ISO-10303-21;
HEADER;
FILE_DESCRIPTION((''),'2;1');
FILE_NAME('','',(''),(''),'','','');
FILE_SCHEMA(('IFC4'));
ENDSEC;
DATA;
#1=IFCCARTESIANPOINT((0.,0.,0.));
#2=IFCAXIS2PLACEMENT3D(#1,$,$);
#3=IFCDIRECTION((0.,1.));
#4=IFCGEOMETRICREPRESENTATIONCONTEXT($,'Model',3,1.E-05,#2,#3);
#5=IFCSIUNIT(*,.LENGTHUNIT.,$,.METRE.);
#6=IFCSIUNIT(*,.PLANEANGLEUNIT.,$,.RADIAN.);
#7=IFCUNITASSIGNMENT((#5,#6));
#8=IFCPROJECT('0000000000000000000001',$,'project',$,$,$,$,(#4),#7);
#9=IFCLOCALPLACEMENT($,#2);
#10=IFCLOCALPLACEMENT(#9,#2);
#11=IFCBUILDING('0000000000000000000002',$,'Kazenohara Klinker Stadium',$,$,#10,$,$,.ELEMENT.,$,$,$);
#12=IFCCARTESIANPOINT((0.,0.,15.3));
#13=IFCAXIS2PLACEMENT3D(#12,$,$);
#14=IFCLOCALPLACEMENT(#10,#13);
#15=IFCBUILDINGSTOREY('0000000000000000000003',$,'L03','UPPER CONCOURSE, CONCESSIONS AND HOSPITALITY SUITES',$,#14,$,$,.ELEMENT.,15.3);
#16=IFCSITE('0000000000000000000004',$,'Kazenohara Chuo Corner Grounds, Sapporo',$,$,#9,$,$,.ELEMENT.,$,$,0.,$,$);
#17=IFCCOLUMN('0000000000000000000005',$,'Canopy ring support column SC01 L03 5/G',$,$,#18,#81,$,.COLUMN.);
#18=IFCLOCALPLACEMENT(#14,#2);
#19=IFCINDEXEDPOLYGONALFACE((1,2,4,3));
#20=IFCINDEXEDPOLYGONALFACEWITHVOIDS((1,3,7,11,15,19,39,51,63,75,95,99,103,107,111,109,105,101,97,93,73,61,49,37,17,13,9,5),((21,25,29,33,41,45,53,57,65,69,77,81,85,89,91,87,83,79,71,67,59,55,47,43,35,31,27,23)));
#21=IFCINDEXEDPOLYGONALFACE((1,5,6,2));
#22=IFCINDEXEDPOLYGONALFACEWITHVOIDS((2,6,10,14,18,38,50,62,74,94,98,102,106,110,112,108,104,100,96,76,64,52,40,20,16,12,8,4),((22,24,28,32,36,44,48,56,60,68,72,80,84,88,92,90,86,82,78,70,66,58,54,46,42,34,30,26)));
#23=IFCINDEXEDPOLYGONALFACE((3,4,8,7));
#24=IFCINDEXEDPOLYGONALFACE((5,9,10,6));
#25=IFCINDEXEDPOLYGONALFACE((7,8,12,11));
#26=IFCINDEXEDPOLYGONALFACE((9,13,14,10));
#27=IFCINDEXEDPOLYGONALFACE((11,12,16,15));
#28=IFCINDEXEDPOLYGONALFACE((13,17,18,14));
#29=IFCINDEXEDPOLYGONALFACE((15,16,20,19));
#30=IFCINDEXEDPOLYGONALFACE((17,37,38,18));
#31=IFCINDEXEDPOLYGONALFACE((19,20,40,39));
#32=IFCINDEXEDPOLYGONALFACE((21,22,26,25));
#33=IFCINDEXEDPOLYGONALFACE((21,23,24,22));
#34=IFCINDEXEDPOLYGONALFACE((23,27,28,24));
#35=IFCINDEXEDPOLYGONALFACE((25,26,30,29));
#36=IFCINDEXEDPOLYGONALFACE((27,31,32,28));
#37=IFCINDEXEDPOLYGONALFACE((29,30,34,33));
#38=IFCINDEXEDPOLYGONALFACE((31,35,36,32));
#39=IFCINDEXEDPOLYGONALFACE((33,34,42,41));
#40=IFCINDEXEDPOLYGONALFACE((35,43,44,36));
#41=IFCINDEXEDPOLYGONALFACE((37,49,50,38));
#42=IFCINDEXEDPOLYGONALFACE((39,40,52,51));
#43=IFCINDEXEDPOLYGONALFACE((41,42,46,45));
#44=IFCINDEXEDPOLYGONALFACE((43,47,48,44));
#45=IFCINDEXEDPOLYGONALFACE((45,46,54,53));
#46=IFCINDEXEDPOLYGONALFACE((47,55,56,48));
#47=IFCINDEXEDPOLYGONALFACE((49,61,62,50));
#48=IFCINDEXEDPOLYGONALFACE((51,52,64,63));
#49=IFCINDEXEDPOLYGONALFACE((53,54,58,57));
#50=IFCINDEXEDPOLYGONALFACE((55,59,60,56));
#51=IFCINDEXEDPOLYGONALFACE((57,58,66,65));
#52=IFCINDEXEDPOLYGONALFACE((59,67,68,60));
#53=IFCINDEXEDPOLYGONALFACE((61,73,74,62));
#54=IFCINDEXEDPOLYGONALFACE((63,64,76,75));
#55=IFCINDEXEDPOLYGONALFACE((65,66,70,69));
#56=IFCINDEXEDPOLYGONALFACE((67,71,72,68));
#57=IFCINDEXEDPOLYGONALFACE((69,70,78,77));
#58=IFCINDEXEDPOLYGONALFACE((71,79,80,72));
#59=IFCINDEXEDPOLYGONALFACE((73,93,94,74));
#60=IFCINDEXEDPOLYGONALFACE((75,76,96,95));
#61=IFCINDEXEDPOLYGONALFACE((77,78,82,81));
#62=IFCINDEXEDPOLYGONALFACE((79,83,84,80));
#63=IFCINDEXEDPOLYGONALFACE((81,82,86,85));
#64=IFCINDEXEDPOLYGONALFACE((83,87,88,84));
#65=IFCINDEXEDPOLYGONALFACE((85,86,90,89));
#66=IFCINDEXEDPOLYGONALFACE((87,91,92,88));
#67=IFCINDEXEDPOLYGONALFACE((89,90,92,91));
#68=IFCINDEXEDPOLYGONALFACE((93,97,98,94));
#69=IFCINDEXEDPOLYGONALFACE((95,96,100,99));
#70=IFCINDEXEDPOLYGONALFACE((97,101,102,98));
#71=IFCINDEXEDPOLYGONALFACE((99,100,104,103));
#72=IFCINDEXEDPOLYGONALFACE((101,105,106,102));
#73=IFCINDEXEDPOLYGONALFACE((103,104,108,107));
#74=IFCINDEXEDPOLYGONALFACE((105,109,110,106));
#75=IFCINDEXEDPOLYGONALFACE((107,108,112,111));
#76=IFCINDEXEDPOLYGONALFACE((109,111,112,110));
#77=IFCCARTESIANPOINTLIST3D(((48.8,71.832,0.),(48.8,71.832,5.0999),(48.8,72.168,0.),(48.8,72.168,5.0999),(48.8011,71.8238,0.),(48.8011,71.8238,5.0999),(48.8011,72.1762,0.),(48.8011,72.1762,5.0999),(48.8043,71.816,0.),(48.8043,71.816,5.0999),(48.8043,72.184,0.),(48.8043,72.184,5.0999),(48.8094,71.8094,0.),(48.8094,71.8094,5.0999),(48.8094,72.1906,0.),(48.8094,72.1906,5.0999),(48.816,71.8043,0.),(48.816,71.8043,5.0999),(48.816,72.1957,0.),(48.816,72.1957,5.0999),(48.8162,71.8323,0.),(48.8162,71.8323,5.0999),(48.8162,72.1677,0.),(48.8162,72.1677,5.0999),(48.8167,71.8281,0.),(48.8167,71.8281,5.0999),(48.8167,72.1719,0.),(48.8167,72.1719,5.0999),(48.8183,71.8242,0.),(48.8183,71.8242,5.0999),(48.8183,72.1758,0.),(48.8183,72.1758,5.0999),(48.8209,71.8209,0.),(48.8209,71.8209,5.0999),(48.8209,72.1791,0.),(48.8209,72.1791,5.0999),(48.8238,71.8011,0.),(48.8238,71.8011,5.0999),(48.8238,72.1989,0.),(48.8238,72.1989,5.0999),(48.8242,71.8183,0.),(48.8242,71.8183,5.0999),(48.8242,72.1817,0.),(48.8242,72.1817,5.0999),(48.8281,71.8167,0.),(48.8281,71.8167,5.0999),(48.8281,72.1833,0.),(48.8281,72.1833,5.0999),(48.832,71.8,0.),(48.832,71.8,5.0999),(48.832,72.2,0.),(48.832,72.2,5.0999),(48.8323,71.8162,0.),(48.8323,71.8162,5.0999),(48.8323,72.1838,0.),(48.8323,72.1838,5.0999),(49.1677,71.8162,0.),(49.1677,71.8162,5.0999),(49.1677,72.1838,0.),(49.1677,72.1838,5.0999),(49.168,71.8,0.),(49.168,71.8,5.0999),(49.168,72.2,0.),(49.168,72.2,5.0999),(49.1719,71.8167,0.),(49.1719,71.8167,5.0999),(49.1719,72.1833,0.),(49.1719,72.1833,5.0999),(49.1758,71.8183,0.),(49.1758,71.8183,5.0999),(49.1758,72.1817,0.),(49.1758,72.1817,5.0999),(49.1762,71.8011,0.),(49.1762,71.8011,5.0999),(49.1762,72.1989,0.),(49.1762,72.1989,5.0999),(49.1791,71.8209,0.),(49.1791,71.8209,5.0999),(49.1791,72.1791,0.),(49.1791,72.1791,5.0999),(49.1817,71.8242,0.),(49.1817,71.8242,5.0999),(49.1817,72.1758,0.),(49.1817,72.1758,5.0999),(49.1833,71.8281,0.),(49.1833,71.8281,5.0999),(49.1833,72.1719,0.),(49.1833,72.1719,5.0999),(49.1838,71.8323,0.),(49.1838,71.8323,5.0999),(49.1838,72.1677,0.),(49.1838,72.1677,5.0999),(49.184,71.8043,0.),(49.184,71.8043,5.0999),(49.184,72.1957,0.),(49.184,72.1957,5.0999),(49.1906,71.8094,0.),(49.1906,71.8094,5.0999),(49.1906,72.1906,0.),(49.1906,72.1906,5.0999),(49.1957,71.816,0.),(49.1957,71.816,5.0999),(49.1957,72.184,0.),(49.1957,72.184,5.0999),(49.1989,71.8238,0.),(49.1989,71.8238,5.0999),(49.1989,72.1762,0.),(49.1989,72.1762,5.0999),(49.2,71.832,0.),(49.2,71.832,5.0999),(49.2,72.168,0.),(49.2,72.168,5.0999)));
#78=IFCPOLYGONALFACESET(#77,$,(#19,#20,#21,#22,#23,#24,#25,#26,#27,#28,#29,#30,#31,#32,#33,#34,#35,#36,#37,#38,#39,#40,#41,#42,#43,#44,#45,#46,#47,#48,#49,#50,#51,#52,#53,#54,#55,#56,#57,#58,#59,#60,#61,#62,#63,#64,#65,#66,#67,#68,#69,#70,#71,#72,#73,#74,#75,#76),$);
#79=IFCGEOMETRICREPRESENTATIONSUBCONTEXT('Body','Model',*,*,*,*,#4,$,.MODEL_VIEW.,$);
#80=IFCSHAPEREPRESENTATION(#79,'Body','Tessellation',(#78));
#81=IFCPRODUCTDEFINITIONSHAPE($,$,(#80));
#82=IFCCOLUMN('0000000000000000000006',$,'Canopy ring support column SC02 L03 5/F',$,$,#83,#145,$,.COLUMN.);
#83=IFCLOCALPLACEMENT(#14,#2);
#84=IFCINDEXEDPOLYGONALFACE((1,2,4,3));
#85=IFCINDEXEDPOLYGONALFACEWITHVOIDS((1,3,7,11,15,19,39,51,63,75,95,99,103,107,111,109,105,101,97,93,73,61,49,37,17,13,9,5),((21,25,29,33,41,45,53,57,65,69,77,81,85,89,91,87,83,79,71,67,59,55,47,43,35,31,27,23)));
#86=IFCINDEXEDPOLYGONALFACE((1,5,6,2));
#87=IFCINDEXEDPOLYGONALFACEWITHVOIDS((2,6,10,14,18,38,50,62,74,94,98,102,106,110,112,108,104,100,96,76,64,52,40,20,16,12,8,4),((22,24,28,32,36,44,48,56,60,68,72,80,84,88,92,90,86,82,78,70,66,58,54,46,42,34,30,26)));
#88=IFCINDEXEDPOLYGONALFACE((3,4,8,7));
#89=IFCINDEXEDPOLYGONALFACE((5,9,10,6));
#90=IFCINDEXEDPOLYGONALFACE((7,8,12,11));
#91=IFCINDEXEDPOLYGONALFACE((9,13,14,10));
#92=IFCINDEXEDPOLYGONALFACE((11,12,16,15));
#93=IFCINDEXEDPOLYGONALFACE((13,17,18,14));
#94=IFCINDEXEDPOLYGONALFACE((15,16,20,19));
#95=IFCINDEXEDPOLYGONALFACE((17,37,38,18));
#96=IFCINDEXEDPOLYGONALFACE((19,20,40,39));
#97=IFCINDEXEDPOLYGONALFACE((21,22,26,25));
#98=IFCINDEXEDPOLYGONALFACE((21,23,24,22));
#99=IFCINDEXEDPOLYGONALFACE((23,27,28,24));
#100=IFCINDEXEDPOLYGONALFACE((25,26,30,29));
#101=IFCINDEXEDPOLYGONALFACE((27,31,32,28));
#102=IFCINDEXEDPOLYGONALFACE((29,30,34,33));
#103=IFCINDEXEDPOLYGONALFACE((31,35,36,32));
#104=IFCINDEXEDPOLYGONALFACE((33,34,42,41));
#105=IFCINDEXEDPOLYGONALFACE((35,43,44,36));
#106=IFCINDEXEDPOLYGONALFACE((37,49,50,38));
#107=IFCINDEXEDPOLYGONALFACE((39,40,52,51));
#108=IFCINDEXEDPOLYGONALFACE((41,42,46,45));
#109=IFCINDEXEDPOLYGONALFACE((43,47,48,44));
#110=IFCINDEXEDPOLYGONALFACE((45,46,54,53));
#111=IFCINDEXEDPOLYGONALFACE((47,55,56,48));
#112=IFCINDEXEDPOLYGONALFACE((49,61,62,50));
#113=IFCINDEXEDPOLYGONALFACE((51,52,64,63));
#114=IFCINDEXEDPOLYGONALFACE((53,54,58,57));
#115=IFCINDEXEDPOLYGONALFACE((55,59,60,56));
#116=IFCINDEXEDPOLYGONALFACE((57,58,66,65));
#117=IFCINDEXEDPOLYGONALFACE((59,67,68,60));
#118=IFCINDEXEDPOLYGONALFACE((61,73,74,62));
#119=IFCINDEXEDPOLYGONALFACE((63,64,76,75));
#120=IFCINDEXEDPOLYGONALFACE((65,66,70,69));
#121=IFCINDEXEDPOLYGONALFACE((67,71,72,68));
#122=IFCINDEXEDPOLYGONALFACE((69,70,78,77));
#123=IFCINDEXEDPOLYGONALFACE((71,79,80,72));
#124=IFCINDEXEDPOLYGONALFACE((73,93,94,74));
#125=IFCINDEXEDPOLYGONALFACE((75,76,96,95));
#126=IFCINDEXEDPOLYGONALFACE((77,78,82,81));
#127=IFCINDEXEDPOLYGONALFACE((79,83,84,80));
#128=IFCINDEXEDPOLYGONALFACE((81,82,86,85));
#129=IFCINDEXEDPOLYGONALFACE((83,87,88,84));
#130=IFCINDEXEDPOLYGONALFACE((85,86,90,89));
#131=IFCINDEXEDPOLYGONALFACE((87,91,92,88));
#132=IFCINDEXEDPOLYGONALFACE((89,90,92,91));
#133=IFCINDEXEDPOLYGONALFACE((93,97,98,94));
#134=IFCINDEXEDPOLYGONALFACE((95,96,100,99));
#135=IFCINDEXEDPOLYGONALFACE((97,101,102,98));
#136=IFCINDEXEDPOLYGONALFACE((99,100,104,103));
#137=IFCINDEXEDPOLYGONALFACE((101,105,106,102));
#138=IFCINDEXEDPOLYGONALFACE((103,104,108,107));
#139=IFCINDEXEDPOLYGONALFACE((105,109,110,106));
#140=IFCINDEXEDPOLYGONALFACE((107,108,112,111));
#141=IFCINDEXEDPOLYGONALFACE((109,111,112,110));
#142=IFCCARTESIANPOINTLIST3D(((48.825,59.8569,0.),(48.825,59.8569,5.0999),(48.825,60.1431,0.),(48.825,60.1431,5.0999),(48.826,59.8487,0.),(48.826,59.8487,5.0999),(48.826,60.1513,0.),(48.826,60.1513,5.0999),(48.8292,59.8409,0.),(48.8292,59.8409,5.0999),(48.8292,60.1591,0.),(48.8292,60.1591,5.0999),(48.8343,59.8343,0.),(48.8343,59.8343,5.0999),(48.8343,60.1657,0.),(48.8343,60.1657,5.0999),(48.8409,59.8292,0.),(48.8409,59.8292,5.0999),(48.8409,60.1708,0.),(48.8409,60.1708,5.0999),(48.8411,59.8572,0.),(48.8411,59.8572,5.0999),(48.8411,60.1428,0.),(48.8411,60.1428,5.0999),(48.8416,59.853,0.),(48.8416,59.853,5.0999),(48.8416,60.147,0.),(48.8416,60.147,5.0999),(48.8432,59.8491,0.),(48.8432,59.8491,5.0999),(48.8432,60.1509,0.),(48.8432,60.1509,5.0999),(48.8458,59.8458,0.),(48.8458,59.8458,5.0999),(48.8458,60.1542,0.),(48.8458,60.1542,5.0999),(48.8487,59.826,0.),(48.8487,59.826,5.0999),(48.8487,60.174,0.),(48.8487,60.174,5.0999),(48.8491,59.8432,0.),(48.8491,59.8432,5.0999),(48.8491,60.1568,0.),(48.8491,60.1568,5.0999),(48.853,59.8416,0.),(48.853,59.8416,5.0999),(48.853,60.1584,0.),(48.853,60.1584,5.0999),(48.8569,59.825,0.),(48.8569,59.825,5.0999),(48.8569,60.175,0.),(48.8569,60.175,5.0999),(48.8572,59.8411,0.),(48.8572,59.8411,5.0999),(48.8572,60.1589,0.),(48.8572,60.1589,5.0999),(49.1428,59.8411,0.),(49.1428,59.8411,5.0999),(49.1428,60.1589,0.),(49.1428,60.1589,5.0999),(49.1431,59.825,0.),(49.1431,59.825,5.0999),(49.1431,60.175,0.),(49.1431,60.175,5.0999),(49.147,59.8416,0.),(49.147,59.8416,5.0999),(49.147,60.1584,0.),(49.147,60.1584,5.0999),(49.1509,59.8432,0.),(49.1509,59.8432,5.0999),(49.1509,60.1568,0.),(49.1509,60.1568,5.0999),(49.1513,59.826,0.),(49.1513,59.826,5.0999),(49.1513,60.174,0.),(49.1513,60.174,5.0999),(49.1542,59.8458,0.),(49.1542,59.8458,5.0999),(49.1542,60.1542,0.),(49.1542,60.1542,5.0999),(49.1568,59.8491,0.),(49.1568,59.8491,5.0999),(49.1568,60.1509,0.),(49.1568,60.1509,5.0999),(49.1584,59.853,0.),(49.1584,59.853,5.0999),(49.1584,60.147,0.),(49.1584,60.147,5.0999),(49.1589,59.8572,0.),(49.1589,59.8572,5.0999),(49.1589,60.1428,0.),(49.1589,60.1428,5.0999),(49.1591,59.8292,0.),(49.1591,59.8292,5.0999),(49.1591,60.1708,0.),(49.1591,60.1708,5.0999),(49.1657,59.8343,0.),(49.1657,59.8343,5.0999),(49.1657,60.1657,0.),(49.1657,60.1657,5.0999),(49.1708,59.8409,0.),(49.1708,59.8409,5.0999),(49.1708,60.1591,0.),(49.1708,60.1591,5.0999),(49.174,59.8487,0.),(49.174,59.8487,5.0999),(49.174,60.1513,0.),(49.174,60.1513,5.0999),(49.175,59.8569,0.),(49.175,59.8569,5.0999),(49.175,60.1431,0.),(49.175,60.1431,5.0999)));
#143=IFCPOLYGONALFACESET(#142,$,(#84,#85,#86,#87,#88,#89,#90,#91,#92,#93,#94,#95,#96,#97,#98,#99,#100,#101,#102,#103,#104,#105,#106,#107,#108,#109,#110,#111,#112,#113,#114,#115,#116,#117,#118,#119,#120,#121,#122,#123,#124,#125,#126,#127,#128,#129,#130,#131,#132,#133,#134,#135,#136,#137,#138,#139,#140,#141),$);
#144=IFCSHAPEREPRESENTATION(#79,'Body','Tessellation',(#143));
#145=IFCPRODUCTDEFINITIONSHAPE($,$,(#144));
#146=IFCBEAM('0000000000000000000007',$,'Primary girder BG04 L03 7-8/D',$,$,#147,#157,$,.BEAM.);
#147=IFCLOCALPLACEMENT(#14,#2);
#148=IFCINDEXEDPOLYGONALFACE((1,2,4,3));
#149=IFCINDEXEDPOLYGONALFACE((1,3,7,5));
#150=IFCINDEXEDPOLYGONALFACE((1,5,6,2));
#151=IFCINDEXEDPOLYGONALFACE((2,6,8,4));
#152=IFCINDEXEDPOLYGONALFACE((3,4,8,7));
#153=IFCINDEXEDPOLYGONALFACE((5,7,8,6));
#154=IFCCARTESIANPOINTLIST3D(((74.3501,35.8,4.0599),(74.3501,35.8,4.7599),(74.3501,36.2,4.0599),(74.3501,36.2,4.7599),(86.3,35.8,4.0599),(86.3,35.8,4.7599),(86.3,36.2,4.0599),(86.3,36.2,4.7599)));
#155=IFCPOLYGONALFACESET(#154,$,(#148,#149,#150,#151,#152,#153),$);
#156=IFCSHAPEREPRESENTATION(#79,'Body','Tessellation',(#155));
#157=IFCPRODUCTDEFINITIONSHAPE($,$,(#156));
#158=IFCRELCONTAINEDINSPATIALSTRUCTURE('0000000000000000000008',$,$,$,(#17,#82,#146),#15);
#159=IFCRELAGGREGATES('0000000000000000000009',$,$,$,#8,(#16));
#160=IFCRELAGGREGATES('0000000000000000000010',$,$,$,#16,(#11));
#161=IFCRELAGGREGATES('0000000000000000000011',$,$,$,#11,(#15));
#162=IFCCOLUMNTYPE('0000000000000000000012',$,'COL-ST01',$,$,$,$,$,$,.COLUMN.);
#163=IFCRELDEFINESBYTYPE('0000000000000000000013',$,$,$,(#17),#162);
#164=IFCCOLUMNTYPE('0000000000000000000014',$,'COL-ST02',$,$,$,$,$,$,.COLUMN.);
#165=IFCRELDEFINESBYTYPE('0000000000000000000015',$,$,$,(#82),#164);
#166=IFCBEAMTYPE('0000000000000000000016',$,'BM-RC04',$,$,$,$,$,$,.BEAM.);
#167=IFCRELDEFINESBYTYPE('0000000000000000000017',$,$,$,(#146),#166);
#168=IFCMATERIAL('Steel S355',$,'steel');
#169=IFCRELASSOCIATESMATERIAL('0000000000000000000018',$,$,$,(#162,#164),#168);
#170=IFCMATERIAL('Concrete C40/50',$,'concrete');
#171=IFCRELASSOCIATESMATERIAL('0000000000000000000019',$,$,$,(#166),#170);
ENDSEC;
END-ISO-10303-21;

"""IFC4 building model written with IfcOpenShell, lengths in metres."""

from ifc_helpers import new_model, si_unit, direction, frame, origin, origin_2d, place, context, subcontext, project, spatial, rectangle, hollow_rectangle, extrude, material, material_profile, profile_set, type_object, element, save


model = new_model("IFC4")

# Units and contexts
model_context = context("Model", 3, precision=1e-05, world=origin(), true_north=direction((0.0, 1.0)))
body_context = subcontext(model_context, "Body", "Model", "MODEL_VIEW")
ifc_project = project(units=[si_unit("LENGTHUNIT", "METRE"), si_unit("PLANEANGLEUNIT", "RADIAN")], contexts=[model_context])

# Site, building, storey
site_placement = place(None, origin())
site = spatial("IfcSite", under=ifc_project, at=site_placement, Name="Kazenohara Chuo Corner Grounds, Sapporo", CompositionType="ELEMENT", RefElevation=0.0)
building_placement = place(site_placement, origin())
building = spatial("IfcBuilding", under=site, at=building_placement, Name="Kazenohara Klinker Stadium", CompositionType="ELEMENT")
storey_placement = place(building_placement, frame((0.0, 0.0, 15.3)))
storey = spatial("IfcBuildingStorey", under=building, at=storey_placement, Name="L03", Description="UPPER CONCOURSE, CONCESSIONS AND HOSPITALITY SUITES", CompositionType="ELEMENT", Elevation=15.3)

# Columns
ifc_material_1 = material(Name="Concrete C40/50", Category="concrete")
ifc_material_2 = material(Name="Steel S355", Category="steel")
ifc_material_profile_1 = material_profile(ifc_material_2, hollow_rectangle(XDim=0.3999, YDim=0.3999, WallThickness=0.0161, InnerFilletRadius=0.0161, OuterFilletRadius=0.032, at=origin_2d()), Name="SHS-400x400x16")
ifc_profile_set_1 = profile_set([ifc_material_profile_1], Name="Steel S355")
column_type_1 = type_object("IfcColumnType", Name="COL-ST01", PredefinedType="COLUMN", material=ifc_profile_set_1)
for number, where, z_axis, x_axis, name in (
    (1, (49.0, 72.0, 0.0), (0.0, 0.0, 1.0), (1.0, 0.0, 0.0), "Canopy ring support column SC01 L03 5/G"),
):
    element("IfcColumn", number, at=place(storey_placement, frame(where, z_axis=z_axis, x_axis=x_axis)), inside=storey, type_object=column_type_1, Name=name, PredefinedType="COLUMN", context=body_context, shape_type="SweptSolid", body=[
        extrude(hollow_rectangle(XDim=0.3999, YDim=0.3999, WallThickness=0.0161, InnerFilletRadius=0.0161, OuterFilletRadius=0.032, at=origin_2d()), origin(), (0.0, 0.0, 1.0), 5.0999),
    ])
ifc_material_profile_2 = material_profile(ifc_material_2, hollow_rectangle(XDim=0.3501, YDim=0.3501, WallThickness=0.0161, InnerFilletRadius=0.0161, OuterFilletRadius=0.032, at=origin_2d()), Name="SHS-350x350x16")
ifc_profile_set_2 = profile_set([ifc_material_profile_2], Name="Steel S355")
column_type_2 = type_object("IfcColumnType", Name="COL-ST02", PredefinedType="COLUMN", material=ifc_profile_set_2)
column_1_placement = place(storey_placement, frame((49.0, 60.0, 0.0), z_axis=(0.0, 0.0, 1.0), x_axis=(1.0, 0.0, 0.0)))
element("IfcColumn", 2, at=column_1_placement, inside=storey, type_object=column_type_2, Name="Canopy ring support column SC02 L03 5/F", PredefinedType="COLUMN", context=body_context, shape_type="SweptSolid", body=[
    extrude(hollow_rectangle(XDim=0.3501, YDim=0.3501, WallThickness=0.0161, InnerFilletRadius=0.0161, OuterFilletRadius=0.032, at=origin_2d()), origin(), (0.0, 0.0, 1.0), 5.0999),
])

# Beam
ifc_material_profile_3 = material_profile(ifc_material_1, rectangle(XDim=0.3999, YDim=0.7, at=origin_2d()), Name="RC-BM-400x700")
ifc_profile_set_3 = profile_set([ifc_material_profile_3], Name="Concrete C40/50")
beam_type_1 = type_object("IfcBeamType", Name="BM-RC04", PredefinedType="BEAM", material=ifc_profile_set_3)
beam_1_placement = place(storey_placement, frame((74.3501, 36.0, 4.4099), z_axis=(1.0, 0.0, 0.0), x_axis=(0.0, 1.0, 0.0)))
element("IfcBeam", 3, at=beam_1_placement, inside=storey, type_object=beam_type_1, Name="Primary girder BG04 L03 7-8/D", PredefinedType="BEAM", context=body_context, shape_type="SweptSolid", body=[
    extrude(rectangle(XDim=0.3999, YDim=0.7, at=origin_2d()), origin(), (0.0, 0.0, 1.0), 11.95),
])

save(model, "model.ifc")
